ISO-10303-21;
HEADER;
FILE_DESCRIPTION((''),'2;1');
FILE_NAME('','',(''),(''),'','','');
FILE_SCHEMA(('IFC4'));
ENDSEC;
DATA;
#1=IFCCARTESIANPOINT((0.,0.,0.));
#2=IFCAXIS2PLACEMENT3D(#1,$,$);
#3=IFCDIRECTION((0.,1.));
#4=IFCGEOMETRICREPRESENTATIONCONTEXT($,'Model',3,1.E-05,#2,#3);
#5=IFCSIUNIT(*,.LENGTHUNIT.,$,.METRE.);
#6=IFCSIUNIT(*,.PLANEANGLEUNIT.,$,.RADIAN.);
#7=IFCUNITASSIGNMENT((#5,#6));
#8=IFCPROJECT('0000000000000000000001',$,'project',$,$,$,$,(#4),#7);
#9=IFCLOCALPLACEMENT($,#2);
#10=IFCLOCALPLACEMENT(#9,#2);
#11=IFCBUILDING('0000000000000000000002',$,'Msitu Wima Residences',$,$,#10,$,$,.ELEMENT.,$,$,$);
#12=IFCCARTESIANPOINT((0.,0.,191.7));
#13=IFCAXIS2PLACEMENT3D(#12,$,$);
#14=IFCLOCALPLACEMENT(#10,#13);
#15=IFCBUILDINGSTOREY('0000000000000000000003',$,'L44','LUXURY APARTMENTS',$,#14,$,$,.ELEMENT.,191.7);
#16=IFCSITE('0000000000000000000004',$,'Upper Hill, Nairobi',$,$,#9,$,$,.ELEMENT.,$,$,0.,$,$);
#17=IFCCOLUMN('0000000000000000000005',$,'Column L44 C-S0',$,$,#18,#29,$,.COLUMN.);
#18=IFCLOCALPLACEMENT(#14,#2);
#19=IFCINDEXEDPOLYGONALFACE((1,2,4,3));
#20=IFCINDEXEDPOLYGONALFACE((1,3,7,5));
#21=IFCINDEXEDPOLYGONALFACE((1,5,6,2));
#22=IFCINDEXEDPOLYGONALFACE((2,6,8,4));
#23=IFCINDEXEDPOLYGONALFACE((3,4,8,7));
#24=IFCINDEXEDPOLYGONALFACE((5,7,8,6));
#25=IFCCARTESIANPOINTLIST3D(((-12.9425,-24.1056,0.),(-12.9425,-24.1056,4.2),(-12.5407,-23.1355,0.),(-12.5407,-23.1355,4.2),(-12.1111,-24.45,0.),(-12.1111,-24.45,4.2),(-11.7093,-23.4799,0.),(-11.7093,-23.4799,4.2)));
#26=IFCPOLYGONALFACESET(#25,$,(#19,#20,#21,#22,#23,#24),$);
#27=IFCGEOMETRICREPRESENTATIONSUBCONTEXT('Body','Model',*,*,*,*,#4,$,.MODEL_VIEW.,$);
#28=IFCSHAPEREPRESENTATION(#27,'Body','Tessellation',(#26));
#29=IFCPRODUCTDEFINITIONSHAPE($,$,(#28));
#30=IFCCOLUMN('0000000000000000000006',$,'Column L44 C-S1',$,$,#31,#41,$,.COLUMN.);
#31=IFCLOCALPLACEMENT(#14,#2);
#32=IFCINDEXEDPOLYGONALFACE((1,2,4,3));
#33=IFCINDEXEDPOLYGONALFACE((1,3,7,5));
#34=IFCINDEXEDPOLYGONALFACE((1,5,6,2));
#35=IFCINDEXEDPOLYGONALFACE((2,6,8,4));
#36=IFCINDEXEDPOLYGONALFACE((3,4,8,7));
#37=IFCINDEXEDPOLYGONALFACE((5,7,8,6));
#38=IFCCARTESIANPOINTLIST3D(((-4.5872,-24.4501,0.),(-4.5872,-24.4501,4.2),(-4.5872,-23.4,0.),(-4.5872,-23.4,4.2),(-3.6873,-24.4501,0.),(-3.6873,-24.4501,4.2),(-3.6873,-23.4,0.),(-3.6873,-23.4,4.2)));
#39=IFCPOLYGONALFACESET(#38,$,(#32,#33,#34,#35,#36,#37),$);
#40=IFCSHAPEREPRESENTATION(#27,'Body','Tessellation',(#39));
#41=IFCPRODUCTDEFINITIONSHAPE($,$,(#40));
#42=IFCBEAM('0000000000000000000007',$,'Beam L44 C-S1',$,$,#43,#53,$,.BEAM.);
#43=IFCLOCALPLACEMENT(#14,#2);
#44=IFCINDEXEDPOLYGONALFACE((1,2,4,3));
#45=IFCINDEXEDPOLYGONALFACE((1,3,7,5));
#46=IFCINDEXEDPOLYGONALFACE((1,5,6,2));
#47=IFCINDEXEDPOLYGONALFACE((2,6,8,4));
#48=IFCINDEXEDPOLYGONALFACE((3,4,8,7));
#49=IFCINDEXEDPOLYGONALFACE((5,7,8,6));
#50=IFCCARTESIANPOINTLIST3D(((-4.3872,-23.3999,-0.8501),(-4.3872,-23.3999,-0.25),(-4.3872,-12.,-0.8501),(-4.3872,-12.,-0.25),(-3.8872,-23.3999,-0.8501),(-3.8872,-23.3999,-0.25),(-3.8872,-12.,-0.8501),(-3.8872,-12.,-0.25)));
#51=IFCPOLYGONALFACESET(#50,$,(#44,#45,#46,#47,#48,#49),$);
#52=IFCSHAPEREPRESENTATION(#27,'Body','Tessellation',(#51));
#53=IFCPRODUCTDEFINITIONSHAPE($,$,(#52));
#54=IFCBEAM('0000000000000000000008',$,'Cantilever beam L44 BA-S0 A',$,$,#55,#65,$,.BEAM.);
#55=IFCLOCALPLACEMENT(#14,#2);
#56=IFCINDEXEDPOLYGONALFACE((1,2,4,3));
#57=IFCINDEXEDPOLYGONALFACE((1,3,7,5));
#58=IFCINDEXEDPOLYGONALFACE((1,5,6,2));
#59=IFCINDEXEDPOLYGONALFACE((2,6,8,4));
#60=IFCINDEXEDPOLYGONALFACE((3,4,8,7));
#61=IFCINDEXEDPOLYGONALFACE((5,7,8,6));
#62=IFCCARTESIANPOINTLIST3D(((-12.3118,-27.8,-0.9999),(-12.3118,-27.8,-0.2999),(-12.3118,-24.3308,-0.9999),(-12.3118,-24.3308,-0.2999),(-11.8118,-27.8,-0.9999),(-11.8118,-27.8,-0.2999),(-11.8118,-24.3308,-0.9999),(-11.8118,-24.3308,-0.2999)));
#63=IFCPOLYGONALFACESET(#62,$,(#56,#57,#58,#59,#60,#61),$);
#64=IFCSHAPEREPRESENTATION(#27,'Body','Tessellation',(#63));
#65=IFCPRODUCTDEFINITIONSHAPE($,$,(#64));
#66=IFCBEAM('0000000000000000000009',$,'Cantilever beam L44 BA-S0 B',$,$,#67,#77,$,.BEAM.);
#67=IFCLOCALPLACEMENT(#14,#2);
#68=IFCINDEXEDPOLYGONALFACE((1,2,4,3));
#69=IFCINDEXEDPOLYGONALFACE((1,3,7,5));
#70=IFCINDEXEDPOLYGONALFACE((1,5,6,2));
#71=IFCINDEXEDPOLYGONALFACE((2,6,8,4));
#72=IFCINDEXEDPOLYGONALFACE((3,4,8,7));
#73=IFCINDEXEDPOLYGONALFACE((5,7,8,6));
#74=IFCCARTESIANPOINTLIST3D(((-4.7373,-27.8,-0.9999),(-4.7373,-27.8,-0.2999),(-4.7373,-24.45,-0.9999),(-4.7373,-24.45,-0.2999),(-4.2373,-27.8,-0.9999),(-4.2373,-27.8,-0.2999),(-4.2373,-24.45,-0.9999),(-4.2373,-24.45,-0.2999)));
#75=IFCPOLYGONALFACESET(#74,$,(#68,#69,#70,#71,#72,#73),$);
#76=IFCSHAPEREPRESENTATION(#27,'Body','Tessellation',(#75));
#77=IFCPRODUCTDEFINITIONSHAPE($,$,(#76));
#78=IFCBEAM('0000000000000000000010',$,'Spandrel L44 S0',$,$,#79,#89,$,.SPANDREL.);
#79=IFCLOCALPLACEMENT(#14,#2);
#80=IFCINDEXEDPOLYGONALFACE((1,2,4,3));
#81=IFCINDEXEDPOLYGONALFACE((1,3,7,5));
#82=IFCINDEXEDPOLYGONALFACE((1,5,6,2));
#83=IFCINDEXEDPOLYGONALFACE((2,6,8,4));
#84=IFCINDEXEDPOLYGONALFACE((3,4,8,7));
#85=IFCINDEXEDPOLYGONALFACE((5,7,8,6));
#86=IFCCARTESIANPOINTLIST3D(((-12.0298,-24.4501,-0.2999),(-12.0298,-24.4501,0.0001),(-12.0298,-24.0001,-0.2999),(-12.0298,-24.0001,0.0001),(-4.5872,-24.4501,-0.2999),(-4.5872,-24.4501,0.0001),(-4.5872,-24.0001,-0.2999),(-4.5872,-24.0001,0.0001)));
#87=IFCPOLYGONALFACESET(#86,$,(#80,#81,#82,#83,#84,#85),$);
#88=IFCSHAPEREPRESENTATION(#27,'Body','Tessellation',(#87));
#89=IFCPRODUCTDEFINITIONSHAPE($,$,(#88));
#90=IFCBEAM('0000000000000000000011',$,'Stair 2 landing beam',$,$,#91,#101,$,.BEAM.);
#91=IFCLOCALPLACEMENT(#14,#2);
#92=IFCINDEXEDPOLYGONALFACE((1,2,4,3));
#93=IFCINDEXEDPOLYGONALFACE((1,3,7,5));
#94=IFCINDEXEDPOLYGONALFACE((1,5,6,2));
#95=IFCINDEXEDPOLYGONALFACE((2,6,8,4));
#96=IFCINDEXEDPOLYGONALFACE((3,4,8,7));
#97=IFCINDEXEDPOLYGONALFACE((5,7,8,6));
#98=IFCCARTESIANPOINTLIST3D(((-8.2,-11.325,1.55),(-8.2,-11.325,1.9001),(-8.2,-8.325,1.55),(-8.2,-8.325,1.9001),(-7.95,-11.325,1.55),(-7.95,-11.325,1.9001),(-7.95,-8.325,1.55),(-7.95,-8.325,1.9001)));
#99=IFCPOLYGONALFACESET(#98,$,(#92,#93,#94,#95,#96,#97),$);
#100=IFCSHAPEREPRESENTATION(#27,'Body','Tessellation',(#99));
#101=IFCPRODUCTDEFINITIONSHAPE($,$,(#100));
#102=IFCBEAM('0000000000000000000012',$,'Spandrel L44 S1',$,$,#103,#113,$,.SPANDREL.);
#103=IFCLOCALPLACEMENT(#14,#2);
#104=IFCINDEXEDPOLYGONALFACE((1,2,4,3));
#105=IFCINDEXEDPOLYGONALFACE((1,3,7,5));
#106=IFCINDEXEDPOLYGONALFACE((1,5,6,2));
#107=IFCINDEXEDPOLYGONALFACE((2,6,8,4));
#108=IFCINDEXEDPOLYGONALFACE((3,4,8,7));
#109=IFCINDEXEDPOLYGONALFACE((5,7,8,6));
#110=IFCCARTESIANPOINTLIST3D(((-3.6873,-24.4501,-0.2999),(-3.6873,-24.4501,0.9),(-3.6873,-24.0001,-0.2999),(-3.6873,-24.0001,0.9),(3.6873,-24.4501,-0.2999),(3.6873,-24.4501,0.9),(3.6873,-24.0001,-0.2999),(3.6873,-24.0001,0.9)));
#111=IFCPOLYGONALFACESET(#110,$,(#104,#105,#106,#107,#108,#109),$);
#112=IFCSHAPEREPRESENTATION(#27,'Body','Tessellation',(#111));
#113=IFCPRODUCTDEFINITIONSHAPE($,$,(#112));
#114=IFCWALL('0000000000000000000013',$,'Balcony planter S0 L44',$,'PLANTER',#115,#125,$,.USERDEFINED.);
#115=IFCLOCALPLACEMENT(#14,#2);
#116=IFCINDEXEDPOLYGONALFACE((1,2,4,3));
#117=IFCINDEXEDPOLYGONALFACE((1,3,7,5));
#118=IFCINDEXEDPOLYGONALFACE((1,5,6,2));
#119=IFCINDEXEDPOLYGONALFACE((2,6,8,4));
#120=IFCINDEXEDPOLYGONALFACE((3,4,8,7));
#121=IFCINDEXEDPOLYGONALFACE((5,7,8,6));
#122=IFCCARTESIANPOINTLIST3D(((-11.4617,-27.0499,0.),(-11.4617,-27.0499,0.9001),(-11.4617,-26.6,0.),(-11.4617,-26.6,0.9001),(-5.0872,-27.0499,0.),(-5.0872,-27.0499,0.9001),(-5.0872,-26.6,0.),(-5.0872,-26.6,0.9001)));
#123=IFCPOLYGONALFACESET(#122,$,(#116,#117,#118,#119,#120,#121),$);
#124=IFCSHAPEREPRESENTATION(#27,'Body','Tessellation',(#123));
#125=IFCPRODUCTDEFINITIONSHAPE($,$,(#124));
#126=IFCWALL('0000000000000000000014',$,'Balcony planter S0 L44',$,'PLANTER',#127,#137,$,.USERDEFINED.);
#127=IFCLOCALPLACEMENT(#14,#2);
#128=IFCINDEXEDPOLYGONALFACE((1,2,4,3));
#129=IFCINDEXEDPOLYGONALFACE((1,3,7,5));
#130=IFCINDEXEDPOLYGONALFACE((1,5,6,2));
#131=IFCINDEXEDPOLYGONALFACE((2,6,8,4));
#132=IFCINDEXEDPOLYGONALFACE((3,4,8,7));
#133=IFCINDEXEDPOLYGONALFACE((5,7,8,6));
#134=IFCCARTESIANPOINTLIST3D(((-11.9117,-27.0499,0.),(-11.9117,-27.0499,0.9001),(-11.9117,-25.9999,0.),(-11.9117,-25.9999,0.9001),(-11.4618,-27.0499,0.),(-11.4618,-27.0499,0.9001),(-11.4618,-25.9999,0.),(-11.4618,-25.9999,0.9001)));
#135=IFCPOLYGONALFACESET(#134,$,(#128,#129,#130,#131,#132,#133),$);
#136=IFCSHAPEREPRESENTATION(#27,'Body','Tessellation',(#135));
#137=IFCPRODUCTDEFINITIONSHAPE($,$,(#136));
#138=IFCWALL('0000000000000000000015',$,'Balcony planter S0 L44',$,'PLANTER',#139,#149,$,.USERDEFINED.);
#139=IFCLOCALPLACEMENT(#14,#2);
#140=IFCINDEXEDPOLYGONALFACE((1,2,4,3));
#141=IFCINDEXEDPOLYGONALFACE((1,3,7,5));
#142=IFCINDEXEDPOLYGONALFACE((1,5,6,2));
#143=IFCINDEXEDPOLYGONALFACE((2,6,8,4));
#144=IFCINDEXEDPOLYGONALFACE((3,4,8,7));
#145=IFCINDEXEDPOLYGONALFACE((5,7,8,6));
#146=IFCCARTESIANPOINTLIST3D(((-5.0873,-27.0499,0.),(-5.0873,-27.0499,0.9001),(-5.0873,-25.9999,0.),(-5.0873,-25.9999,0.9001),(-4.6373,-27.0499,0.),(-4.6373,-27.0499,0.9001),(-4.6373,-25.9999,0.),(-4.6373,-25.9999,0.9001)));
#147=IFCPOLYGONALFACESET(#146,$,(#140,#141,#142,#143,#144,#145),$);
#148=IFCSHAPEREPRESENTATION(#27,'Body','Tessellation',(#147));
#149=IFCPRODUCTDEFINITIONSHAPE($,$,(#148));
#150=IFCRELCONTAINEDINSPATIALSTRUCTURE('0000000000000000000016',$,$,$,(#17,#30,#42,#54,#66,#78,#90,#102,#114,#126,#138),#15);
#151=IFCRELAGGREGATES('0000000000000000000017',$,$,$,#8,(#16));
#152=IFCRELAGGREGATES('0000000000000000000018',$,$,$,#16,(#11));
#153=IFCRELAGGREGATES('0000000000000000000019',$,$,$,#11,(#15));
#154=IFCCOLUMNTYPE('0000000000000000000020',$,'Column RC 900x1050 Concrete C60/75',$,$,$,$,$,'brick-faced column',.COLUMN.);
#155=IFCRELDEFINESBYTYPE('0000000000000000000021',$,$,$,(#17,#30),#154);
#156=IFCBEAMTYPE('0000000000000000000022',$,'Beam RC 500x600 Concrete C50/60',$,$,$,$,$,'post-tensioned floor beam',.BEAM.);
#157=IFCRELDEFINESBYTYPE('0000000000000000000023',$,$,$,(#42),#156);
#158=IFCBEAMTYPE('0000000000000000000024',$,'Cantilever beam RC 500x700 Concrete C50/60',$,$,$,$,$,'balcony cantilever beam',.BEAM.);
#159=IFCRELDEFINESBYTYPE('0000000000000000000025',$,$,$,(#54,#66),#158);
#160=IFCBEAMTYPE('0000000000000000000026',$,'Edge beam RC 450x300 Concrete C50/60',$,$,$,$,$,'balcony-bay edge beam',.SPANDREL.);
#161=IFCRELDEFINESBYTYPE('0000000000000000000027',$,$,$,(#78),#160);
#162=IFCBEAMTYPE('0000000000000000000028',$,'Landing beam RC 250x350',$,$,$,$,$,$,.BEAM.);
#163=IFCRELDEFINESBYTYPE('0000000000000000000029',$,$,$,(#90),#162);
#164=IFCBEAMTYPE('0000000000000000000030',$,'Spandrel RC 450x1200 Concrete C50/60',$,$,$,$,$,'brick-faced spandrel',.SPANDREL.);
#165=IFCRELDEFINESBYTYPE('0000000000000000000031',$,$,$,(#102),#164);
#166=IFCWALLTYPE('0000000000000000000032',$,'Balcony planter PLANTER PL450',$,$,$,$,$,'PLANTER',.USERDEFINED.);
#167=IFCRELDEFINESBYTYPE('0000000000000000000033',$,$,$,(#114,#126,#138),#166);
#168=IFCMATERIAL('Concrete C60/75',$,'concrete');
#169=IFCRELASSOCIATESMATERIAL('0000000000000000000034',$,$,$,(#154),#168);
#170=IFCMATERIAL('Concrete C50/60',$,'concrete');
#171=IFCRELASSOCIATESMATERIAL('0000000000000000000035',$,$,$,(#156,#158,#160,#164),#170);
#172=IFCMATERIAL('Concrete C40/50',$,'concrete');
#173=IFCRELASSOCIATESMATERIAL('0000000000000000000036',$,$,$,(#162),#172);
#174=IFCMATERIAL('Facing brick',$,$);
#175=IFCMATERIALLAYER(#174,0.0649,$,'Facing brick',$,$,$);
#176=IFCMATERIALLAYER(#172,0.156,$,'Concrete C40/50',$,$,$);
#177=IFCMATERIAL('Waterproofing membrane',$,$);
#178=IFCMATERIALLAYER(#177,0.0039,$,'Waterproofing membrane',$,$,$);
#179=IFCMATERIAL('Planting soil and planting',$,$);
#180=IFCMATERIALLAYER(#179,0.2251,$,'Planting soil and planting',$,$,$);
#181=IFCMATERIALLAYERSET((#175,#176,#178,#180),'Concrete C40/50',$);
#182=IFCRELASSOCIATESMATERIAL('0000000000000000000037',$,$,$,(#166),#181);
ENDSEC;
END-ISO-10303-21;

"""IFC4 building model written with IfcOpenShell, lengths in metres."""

from ifc_helpers import new_model, si_unit, direction, frame, frame_2d, origin, origin_2d, place, context, subcontext, project, spatial, rectangle, extrude, material, layer, layer_set, material_profile, profile_set, type_object, element, save


model = new_model("IFC4")

# Units and contexts
model_context = context("Model", 3, precision=1e-05, world=origin(), true_north=direction((0.0, 1.0)))
body_context = subcontext(model_context, "Body", "Model", "MODEL_VIEW")
ifc_project = project(units=[si_unit("LENGTHUNIT", "METRE"), si_unit("PLANEANGLEUNIT", "RADIAN")], contexts=[model_context])

# Site, building, storey
site_placement = place(None, origin())
site = spatial("IfcSite", under=ifc_project, at=site_placement, Name="Upper Hill, Nairobi", CompositionType="ELEMENT", RefElevation=0.0)
building_placement = place(site_placement, origin())
building = spatial("IfcBuilding", under=site, at=building_placement, Name="Msitu Wima Residences", CompositionType="ELEMENT")
storey_placement = place(building_placement, frame((0.0, 0.0, 191.7)))
storey = spatial("IfcBuildingStorey", under=building, at=storey_placement, Name="L44", Description="LUXURY APARTMENTS", CompositionType="ELEMENT", Elevation=191.7)

# Columns
ifc_material_1 = material(Name="Concrete C60/75", Category="concrete")
ifc_material_profile_1 = material_profile(ifc_material_1, rectangle(XDim=0.8999, YDim=1.05, at=origin_2d()), Name="RC 900x1050")
ifc_profile_set_1 = profile_set([ifc_material_profile_1], Name="Concrete C60/75")
column_type = type_object("IfcColumnType", Name="Column RC 900x1050 Concrete C60/75", ElementType="brick-faced column", PredefinedType="COLUMN", material=ifc_profile_set_1)
for number, where, z_axis, x_axis, name in (
    (1, (-12.3259, -23.7927, 0.0), (0.0, 0.0, 1.0), (0.92388, -0.382683, 0.0), "Column L44 C-S0"),
    (2, (-4.1372, -23.925, 0.0), (0.0, 0.0, 1.0), (1.0, 0.0, 0.0), "Column L44 C-S1"),
):
    element("IfcColumn", number, at=place(storey_placement, frame(where, z_axis=z_axis, x_axis=x_axis)), inside=storey, type_object=column_type, Name=name, PredefinedType="COLUMN", context=body_context, shape_type="SweptSolid", body=[
        extrude(rectangle(XDim=0.8999, YDim=1.05, at=origin_2d()), origin(), (0.0, 0.0, 1.0), 4.2),
    ])

# Beams
ifc_material_2 = material(Name="Concrete C50/60", Category="concrete")
ifc_material_profile_2 = material_profile(ifc_material_2, rectangle(XDim=0.5, YDim=0.6001, at=origin_2d()), Name="RC 500x600")
ifc_profile_set_2 = profile_set([ifc_material_profile_2], Name="Concrete C50/60")
beam_type_1 = type_object("IfcBeamType", Name="Beam RC 500x600 Concrete C50/60", ElementType="post-tensioned floor beam", PredefinedType="BEAM", material=ifc_profile_set_2)
beam_1_placement = place(storey_placement, frame((-4.1372, -23.3999, -0.55), z_axis=(0.0, 1.0, 0.0), x_axis=(-1.0, 0.0, 0.0)))
element("IfcBeam", 3, at=beam_1_placement, inside=storey, type_object=beam_type_1, Name="Beam L44 C-S1", PredefinedType="BEAM", context=body_context, shape_type="SweptSolid", body=[
    extrude(rectangle(XDim=0.5, YDim=0.6001, at=origin_2d()), origin(), (0.0, 0.0, 1.0), 11.3999),
])
ifc_material_profile_3 = material_profile(ifc_material_2, rectangle(XDim=0.5, YDim=0.7, at=origin_2d()), Name="RC 500x700")
ifc_profile_set_3 = profile_set([ifc_material_profile_3], Name="Concrete C50/60")
beam_type_2 = type_object("IfcBeamType", Name="Cantilever beam RC 500x700 Concrete C50/60", ElementType="balcony cantilever beam", PredefinedType="BEAM", material=ifc_profile_set_3)
beam_2_placement = place(storey_placement, frame((-12.0618, -24.3308, -0.6499), z_axis=(0.0, -1.0, 0.0), x_axis=(1.0, 0.0, 0.0)))
element("IfcBeam", 4, at=beam_2_placement, inside=storey, type_object=beam_type_2, Name="Cantilever beam L44 BA-S0 A", PredefinedType="BEAM", context=body_context, shape_type="SweptSolid", body=[
    extrude(rectangle(XDim=0.5, YDim=0.7, at=origin_2d()), origin(), (0.0, 0.0, 1.0), 3.4692),
])
beam_3_placement = place(storey_placement, frame((-4.4873, -24.45, -0.6499), z_axis=(0.0, -1.0, 0.0), x_axis=(1.0, 0.0, 0.0)))
element("IfcBeam", 5, at=beam_3_placement, inside=storey, type_object=beam_type_2, Name="Cantilever beam L44 BA-S0 B", PredefinedType="BEAM", context=body_context, shape_type="SweptSolid", body=[
    extrude(rectangle(XDim=0.5, YDim=0.7, at=origin_2d()), origin(), (0.0, 0.0, 1.0), 3.3501),
])
ifc_material_profile_4 = material_profile(ifc_material_2, rectangle(XDim=0.45, YDim=0.3, at=origin_2d()), Name="RC 450x300")
ifc_profile_set_4 = profile_set([ifc_material_profile_4], Name="Concrete C50/60")
beam_type_3 = type_object("IfcBeamType", Name="Edge beam RC 450x300 Concrete C50/60", ElementType="balcony-bay edge beam", PredefinedType="SPANDREL", material=ifc_profile_set_4)
beam_4_placement = place(storey_placement, frame((-12.0298, -24.2251, -0.1499), z_axis=(1.0, 0.0, 0.0), x_axis=(0.0, 1.0, 0.0)))
element("IfcBeam", 6, at=beam_4_placement, inside=storey, type_object=beam_type_3, Name="Spandrel L44 S0", PredefinedType="SPANDREL", context=body_context, shape_type="SweptSolid", body=[
    extrude(rectangle(XDim=0.45, YDim=0.3, at=origin_2d()), origin(), (0.0, 0.0, 1.0), 7.4426),
])
ifc_material_3 = material(Name="Concrete C40/50", Category="concrete")
ifc_material_profile_5 = material_profile(ifc_material_3, rectangle(XDim=0.25, YDim=0.3501, at=origin_2d()), Name="RC 250x350")
ifc_profile_set_5 = profile_set([ifc_material_profile_5], Name="Concrete C40/50")
beam_type_4 = type_object("IfcBeamType", Name="Landing beam RC 250x350", PredefinedType="BEAM", material=ifc_profile_set_5)
beam_5_placement = place(storey_placement, frame((-8.075, -11.325, 1.7251), z_axis=(0.0, 1.0, 0.0), x_axis=(-1.0, 0.0, 0.0)))
element("IfcBeam", 7, at=beam_5_placement, inside=storey, type_object=beam_type_4, Name="Stair 2 landing beam", PredefinedType="BEAM", context=body_context, shape_type="SweptSolid", body=[
    extrude(rectangle(XDim=0.25, YDim=0.3501, at=origin_2d()), origin(), (0.0, 0.0, 1.0), 3.0),
])
ifc_material_profile_6 = material_profile(ifc_material_2, rectangle(XDim=0.45, YDim=1.2, at=origin_2d()), Name="RC 450x1200")
ifc_profile_set_6 = profile_set([ifc_material_profile_6], Name="Concrete C50/60")
beam_type_5 = type_object("IfcBeamType", Name="Spandrel RC 450x1200 Concrete C50/60", ElementType="brick-faced spandrel", PredefinedType="SPANDREL", material=ifc_profile_set_6)
beam_6_placement = place(storey_placement, frame((-3.6873, -24.2251, 0.3), z_axis=(1.0, 0.0, 0.0), x_axis=(0.0, 1.0, 0.0)))
element("IfcBeam", 8, at=beam_6_placement, inside=storey, type_object=beam_type_5, Name="Spandrel L44 S1", PredefinedType="SPANDREL", context=body_context, shape_type="SweptSolid", body=[
    extrude(rectangle(XDim=0.45, YDim=1.2, at=origin_2d()), origin(), (0.0, 0.0, 1.0), 7.3745),
])

# Walls
ifc_material_4 = material(Name="Facing brick")
ifc_layer_1 = layer(ifc_material_4, 0.0649, Name="Facing brick")
ifc_layer_2 = layer(ifc_material_3, 0.156, Name="Concrete C40/50")
ifc_material_5 = material(Name="Waterproofing membrane")
ifc_layer_3 = layer(ifc_material_5, 0.0039, Name="Waterproofing membrane")
ifc_material_6 = material(Name="Planting soil and planting")
ifc_layer_4 = layer(ifc_material_6, 0.2251, Name="Planting soil and planting")
ifc_layer_set_1 = layer_set([ifc_layer_1, ifc_layer_2, ifc_layer_3, ifc_layer_4], Name="Concrete C40/50")
wall_type_1 = type_object("IfcWallType", Name="Balcony planter PLANTER PL450", ElementType="PLANTER", PredefinedType="USERDEFINED", material=ifc_layer_set_1)
wall_1_placement = place(storey_placement, frame((-11.4617, -26.825, 0.0), z_axis=(0.0, 0.0, 1.0), x_axis=(1.0, 0.0, 0.0)))
element("IfcWall", 9, at=wall_1_placement, inside=storey, type_object=wall_type_1, Name="Balcony planter S0 L44", ObjectType="PLANTER", PredefinedType="USERDEFINED", context=body_context, shape_type="SweptSolid", body=[
    extrude(rectangle(XDim=6.3745, YDim=0.45, at=frame_2d((3.1873, 0.0))), origin(), (0.0, 0.0, 1.0), 0.9001),
])
for number, where, z_axis, x_axis, name in (
    (10, (-11.6868, -26.0, 0.0), (0.0, 0.0, 1.0), (0.0, -1.0, 0.0), "Balcony planter S0 L44"),
    (11, (-4.8623, -26.0, 0.0), (0.0, 0.0, 1.0), (0.0, -1.0, 0.0), "Balcony planter S0 L44"),
):
    element("IfcWall", number, at=place(storey_placement, frame(where, z_axis=z_axis, x_axis=x_axis)), inside=storey, type_object=wall_type_1, Name=name, ObjectType="PLANTER", PredefinedType="USERDEFINED", context=body_context, shape_type="SweptSolid", body=[
        extrude(rectangle(XDim=1.05, YDim=0.45, at=frame_2d((0.5249, 0.0))), origin(), (0.0, 0.0, 1.0), 0.9001),
    ])

save(model, "model.ifc")
